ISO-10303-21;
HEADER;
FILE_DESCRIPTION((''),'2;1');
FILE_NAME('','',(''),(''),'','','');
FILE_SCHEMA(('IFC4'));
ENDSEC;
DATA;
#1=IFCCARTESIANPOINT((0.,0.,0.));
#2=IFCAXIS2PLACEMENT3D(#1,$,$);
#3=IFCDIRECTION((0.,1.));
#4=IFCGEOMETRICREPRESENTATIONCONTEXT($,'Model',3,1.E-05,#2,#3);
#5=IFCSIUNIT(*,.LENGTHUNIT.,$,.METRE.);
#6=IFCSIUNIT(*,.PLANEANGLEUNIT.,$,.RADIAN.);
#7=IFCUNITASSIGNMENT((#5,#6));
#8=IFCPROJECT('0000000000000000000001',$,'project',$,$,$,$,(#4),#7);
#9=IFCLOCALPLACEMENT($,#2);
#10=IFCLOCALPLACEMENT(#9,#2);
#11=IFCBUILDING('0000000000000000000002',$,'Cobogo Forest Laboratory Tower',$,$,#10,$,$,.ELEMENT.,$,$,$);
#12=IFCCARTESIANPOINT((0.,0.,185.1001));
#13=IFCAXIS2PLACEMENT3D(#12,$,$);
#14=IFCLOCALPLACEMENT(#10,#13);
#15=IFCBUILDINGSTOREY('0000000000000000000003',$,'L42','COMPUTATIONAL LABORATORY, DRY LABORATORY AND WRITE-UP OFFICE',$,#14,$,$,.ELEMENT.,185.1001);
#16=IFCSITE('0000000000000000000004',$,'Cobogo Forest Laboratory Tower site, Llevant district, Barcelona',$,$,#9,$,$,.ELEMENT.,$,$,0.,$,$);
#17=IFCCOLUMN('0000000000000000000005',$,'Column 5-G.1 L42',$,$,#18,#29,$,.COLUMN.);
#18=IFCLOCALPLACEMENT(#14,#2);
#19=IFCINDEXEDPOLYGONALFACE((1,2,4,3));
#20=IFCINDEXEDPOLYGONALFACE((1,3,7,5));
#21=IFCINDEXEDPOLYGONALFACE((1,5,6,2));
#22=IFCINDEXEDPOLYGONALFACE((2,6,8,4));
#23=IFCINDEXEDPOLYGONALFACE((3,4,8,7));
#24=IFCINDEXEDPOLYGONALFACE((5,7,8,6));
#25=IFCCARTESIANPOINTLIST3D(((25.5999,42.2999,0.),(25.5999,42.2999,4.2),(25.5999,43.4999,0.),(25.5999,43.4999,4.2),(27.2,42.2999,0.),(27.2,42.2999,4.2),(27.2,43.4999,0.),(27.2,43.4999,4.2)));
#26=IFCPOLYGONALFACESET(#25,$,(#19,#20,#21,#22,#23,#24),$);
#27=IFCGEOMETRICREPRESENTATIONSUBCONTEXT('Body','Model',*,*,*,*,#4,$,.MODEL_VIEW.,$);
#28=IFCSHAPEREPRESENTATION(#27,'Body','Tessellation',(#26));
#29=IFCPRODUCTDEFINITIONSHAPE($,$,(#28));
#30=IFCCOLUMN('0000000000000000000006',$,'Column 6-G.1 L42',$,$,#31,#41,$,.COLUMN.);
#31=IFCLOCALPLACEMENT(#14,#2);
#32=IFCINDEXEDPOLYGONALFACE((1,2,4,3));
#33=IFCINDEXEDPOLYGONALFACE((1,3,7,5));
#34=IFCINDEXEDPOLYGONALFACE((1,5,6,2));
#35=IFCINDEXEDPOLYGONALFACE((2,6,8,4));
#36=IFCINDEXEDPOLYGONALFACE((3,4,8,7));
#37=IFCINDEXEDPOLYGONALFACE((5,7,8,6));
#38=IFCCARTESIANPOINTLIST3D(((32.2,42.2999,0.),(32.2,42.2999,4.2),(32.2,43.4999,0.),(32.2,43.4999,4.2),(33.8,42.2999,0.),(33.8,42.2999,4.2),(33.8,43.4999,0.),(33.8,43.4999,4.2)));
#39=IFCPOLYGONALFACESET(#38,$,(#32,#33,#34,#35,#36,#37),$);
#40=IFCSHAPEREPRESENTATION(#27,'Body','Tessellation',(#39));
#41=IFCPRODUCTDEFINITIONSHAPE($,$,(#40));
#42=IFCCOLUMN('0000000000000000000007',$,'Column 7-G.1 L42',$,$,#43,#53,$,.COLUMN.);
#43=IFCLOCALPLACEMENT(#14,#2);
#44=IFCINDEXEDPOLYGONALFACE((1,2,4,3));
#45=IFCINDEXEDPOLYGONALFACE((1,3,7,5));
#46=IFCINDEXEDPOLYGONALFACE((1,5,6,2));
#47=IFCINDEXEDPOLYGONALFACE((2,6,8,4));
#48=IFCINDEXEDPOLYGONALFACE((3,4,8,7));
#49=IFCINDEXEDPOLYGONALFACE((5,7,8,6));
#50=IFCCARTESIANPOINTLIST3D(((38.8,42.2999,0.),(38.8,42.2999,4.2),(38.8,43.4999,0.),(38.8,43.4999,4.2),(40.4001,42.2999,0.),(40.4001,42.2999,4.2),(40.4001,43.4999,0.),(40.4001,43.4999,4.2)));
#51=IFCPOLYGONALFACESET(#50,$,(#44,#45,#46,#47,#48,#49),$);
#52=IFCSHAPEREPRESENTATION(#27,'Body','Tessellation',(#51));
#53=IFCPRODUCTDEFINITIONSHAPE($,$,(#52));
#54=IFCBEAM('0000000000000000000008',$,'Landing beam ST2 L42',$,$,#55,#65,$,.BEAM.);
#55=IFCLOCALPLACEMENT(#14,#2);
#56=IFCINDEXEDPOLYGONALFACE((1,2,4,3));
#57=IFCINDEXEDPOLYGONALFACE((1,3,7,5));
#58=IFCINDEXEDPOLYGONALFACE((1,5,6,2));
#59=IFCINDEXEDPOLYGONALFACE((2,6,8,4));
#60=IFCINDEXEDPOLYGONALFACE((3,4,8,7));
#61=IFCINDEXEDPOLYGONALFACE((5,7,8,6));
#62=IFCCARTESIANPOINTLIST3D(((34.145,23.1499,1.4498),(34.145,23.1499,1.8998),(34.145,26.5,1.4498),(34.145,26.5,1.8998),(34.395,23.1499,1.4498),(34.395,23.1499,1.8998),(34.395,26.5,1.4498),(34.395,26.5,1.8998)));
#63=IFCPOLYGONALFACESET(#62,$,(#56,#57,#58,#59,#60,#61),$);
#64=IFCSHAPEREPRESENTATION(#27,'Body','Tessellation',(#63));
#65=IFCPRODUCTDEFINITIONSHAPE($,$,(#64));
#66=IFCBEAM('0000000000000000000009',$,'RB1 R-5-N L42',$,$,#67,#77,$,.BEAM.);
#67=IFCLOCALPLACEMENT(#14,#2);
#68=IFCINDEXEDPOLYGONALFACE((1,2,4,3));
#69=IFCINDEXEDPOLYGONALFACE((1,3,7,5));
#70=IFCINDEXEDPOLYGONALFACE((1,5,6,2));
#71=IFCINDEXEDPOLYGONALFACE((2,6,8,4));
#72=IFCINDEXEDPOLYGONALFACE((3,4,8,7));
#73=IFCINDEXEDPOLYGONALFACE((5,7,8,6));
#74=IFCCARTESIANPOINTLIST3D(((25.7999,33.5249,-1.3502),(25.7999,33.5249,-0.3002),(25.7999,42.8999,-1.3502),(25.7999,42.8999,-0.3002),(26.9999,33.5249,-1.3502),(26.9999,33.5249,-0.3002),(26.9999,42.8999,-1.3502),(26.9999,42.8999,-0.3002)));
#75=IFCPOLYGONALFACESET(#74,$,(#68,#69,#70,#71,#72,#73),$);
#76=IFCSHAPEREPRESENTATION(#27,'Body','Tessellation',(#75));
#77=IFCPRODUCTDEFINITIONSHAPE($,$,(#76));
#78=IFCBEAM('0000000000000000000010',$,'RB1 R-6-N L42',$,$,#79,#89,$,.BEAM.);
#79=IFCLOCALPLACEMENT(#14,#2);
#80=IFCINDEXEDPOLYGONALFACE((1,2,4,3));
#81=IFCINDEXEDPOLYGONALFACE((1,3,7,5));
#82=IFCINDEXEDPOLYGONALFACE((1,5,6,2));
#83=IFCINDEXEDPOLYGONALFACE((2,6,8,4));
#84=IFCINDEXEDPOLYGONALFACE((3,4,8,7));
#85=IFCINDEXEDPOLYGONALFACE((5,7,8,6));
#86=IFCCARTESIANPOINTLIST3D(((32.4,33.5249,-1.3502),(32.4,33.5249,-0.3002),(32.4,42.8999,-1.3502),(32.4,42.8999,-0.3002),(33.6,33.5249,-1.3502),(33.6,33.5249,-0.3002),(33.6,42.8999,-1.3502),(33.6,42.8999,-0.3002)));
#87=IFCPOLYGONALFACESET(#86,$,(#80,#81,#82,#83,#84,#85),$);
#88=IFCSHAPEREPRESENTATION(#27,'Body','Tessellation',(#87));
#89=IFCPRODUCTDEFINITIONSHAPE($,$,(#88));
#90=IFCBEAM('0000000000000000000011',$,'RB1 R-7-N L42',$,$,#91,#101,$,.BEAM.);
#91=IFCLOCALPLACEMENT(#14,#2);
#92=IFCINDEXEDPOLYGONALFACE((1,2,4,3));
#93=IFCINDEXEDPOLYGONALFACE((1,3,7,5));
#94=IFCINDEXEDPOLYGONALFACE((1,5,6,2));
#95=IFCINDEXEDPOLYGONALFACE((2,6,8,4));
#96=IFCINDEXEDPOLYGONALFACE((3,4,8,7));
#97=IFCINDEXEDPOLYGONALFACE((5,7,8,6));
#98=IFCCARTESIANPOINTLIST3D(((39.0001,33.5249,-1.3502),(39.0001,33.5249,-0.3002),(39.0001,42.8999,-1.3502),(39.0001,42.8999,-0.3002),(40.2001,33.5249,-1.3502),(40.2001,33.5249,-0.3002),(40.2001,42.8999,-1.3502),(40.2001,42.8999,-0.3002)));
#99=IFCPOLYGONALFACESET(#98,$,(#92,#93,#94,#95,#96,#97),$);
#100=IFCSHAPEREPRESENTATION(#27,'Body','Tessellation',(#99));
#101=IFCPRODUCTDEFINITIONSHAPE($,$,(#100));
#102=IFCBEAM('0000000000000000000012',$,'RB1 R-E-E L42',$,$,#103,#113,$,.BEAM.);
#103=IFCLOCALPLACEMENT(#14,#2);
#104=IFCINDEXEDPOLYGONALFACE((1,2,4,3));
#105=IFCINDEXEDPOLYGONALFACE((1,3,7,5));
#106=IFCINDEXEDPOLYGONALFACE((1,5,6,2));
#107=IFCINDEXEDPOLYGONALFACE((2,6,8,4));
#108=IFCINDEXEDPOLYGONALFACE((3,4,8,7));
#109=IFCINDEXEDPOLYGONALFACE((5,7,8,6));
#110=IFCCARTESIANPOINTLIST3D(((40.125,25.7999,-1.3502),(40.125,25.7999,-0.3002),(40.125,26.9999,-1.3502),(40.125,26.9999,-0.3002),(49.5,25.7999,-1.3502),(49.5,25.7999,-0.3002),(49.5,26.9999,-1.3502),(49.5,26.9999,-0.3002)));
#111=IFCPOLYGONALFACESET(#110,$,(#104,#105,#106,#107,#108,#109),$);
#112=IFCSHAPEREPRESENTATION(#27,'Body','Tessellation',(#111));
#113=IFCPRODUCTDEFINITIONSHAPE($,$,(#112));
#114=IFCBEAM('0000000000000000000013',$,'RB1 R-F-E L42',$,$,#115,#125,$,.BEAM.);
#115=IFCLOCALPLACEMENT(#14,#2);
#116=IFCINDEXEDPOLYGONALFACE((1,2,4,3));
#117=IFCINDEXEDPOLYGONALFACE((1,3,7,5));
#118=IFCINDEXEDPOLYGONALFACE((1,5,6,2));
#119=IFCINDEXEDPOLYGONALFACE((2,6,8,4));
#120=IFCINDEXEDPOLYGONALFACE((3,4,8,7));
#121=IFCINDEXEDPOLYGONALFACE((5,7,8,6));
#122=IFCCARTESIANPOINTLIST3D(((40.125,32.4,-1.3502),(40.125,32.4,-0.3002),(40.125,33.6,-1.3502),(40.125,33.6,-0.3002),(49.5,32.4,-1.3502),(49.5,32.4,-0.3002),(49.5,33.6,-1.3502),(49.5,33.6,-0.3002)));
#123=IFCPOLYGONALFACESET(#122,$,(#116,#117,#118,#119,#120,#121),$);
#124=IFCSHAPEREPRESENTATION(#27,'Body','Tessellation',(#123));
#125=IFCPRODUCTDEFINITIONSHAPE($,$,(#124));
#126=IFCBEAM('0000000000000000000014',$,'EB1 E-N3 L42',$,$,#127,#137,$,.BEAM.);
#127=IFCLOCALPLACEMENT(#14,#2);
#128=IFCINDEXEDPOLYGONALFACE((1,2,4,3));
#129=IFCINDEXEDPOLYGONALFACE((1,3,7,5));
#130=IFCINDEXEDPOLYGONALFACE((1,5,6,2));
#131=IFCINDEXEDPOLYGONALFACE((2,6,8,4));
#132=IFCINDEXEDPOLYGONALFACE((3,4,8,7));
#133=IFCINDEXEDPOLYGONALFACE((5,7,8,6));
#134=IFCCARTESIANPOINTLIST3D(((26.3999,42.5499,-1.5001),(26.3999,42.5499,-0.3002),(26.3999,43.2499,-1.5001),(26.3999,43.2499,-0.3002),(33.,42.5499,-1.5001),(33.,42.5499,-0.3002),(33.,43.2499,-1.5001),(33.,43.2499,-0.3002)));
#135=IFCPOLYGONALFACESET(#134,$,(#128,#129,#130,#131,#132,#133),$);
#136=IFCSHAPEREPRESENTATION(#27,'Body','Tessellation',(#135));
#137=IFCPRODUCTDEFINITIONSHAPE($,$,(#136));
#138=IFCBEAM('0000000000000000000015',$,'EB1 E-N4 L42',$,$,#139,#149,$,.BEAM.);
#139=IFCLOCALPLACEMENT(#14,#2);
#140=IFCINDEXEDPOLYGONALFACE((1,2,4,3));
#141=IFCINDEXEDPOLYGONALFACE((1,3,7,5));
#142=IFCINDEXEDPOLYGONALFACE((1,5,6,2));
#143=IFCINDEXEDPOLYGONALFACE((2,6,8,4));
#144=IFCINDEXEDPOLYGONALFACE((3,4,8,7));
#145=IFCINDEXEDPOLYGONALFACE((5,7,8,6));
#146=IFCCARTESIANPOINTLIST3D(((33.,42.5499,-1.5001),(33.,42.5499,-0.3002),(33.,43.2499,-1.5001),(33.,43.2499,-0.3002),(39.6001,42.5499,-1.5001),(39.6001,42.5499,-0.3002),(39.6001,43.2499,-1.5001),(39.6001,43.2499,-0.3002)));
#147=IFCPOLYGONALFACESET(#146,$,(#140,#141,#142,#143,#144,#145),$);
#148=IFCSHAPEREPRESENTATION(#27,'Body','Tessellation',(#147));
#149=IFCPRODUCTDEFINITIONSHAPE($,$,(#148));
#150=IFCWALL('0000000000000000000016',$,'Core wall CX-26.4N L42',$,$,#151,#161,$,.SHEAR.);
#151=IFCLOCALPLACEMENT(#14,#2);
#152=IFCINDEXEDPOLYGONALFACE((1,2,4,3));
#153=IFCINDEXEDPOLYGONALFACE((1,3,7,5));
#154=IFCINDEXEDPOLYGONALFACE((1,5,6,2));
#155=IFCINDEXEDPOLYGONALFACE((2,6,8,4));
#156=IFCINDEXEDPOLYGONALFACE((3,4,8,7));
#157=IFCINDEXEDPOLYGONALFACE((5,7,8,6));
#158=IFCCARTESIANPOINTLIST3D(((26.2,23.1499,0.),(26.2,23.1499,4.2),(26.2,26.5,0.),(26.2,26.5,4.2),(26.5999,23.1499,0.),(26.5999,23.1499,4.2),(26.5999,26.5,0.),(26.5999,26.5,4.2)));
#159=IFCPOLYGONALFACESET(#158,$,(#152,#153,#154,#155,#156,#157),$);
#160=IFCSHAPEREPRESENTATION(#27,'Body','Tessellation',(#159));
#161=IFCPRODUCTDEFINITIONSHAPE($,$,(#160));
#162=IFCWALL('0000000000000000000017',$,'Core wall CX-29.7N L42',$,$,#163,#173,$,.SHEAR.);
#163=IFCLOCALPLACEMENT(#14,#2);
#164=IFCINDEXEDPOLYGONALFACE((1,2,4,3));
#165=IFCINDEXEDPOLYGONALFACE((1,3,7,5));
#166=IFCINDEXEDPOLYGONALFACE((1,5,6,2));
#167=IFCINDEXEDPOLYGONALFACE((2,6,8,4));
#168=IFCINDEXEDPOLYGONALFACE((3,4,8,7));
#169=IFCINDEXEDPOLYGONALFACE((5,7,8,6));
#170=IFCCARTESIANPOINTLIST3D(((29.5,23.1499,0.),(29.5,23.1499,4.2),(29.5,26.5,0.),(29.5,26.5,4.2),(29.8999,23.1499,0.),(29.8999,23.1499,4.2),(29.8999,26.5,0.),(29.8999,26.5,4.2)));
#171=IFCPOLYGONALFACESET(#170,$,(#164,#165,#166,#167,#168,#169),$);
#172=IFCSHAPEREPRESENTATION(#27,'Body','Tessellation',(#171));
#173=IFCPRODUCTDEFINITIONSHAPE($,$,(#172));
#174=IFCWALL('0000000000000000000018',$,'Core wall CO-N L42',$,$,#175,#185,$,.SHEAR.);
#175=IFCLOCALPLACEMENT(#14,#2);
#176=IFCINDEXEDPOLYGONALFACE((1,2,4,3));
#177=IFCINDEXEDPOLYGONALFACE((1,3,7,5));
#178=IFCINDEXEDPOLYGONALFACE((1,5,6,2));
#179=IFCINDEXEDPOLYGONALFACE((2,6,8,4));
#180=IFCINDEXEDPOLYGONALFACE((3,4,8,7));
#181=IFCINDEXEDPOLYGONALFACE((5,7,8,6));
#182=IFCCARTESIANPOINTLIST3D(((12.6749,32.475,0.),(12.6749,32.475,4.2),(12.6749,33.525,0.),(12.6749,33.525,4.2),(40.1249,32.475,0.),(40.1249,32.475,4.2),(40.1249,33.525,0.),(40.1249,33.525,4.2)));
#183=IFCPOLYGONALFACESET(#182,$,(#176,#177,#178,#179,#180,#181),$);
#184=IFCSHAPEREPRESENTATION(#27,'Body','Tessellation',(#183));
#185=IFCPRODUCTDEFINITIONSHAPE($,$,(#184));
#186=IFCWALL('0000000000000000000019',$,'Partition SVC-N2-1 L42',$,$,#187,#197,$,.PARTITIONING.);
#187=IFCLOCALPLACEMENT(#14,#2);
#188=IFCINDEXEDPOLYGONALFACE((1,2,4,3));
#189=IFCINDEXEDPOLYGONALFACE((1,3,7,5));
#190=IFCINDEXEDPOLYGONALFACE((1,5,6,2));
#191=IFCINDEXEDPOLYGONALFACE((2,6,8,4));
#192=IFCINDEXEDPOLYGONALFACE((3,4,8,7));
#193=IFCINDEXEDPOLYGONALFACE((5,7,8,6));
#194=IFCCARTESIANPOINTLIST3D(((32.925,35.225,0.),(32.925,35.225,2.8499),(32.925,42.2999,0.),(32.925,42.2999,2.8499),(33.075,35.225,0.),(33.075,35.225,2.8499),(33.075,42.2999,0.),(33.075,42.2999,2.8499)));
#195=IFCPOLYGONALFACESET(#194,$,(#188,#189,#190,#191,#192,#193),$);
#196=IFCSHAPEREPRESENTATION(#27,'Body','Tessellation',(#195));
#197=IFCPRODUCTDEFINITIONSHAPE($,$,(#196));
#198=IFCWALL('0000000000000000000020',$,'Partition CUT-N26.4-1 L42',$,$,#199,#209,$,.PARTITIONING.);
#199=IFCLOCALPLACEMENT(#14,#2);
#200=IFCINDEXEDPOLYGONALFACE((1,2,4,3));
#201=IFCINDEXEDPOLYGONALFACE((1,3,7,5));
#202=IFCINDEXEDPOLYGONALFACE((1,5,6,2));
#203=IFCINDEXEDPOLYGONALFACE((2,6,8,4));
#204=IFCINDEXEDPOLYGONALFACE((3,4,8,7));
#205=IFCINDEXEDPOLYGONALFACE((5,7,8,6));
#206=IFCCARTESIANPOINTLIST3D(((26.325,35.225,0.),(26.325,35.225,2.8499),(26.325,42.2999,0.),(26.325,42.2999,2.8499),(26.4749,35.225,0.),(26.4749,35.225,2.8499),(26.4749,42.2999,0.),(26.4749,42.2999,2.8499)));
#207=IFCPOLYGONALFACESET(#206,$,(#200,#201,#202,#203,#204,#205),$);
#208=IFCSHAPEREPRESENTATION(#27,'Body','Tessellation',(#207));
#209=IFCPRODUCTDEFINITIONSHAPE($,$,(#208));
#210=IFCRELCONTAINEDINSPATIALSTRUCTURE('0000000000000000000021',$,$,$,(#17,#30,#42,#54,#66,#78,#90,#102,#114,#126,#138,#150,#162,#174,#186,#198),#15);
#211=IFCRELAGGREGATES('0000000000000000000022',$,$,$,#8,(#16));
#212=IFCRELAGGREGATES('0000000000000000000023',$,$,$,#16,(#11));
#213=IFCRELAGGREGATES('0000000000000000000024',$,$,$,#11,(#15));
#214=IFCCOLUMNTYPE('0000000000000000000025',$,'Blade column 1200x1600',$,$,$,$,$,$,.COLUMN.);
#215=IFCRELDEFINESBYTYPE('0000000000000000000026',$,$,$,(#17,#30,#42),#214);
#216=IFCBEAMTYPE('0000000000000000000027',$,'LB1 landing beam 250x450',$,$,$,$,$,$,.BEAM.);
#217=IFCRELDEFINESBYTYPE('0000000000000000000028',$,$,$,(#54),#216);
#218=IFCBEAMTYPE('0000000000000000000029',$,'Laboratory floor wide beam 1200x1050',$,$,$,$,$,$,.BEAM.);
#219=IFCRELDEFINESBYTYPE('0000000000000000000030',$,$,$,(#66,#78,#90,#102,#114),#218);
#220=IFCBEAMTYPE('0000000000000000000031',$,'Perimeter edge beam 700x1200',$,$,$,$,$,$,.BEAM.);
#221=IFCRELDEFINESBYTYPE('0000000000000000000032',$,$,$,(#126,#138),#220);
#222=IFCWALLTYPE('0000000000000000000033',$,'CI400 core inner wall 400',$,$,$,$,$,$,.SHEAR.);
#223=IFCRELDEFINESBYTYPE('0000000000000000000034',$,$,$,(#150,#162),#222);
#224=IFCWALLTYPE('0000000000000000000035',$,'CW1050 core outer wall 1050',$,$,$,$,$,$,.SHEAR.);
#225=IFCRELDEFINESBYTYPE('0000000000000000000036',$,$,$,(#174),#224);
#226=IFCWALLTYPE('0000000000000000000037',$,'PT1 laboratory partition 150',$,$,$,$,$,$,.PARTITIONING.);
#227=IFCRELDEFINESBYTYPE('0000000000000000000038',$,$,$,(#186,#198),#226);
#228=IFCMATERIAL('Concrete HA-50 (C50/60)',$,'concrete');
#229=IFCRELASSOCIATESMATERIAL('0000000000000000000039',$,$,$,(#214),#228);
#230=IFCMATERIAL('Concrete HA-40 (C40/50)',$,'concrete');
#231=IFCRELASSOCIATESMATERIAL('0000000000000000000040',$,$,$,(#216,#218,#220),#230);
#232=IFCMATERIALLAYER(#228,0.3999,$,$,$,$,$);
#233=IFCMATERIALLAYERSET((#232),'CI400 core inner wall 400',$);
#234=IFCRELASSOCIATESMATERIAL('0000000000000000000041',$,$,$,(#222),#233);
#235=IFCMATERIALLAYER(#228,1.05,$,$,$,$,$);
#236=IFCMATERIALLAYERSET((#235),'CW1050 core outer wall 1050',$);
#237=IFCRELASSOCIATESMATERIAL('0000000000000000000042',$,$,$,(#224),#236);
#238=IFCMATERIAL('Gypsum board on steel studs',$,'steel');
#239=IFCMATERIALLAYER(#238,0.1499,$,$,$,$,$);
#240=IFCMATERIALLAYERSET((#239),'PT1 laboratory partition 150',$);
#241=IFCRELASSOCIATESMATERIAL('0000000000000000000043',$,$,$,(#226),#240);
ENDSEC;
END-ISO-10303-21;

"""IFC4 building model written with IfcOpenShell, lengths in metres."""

from ifc_helpers import new_model, si_unit, direction, frame, frame_2d, origin, origin_2d, place, context, subcontext, project, spatial, rectangle, extrude, material, layer, layer_set, material_profile, profile_set, type_object, element, save


model = new_model("IFC4")

# Units and contexts
model_context = context("Model", 3, precision=1e-05, world=origin(), true_north=direction((0.0, 1.0)))
body_context = subcontext(model_context, "Body", "Model", "MODEL_VIEW")
ifc_project = project(units=[si_unit("LENGTHUNIT", "METRE"), si_unit("PLANEANGLEUNIT", "RADIAN")], contexts=[model_context])

# Site, building, storey
site_placement = place(None, origin())
site = spatial("IfcSite", under=ifc_project, at=site_placement, Name="Cobogo Forest Laboratory Tower site, Llevant district, Barcelona", CompositionType="ELEMENT", RefElevation=0.0)
building_placement = place(site_placement, origin())
building = spatial("IfcBuilding", under=site, at=building_placement, Name="Cobogo Forest Laboratory Tower", CompositionType="ELEMENT")
storey_placement = place(building_placement, frame((0.0, 0.0, 185.1001)))
storey = spatial("IfcBuildingStorey", under=building, at=storey_placement, Name="L42", Description="COMPUTATIONAL LABORATORY, DRY LABORATORY AND WRITE-UP OFFICE", CompositionType="ELEMENT", Elevation=185.1001)

# Columns
ifc_material_1 = material(Name="Concrete HA-50 (C50/60)", Category="concrete")
ifc_material_profile_1 = material_profile(ifc_material_1, rectangle(XDim=1.6001, YDim=1.2, at=origin_2d()), Name="RC 1200x1600")
ifc_profile_set_1 = profile_set([ifc_material_profile_1], Name="Concrete HA-50 (C50/60)")
column_type = type_object("IfcColumnType", Name="Blade column 1200x1600", PredefinedType="COLUMN", material=ifc_profile_set_1)
for number, where, z_axis, x_axis, name in (
    (1, (26.3999, 42.8999, 0.0), (0.0, 0.0, 1.0), (1.0, 0.0, 0.0), "Column 5-G.1 L42"),
    (2, (33.0, 42.8999, 0.0), (0.0, 0.0, 1.0), (1.0, 0.0, 0.0), "Column 6-G.1 L42"),
    (3, (39.6001, 42.8999, 0.0), (0.0, 0.0, 1.0), (1.0, 0.0, 0.0), "Column 7-G.1 L42"),
):
    element("IfcColumn", number, at=place(storey_placement, frame(where, z_axis=z_axis, x_axis=x_axis)), inside=storey, type_object=column_type, Name=name, PredefinedType="COLUMN", context=body_context, shape_type="SweptSolid", body=[
        extrude(rectangle(XDim=1.6001, YDim=1.2, at=origin_2d()), origin(), (0.0, 0.0, 1.0), 4.2),
    ])

# Beams
ifc_material_2 = material(Name="Concrete HA-40 (C40/50)", Category="concrete")
ifc_material_profile_2 = material_profile(ifc_material_2, rectangle(XDim=0.25, YDim=0.45, at=origin_2d()), Name="RC 250x450")
ifc_profile_set_2 = profile_set([ifc_material_profile_2], Name="Concrete HA-40 (C40/50)")
beam_type_1 = type_object("IfcBeamType", Name="LB1 landing beam 250x450", PredefinedType="BEAM", material=ifc_profile_set_2)
beam_placement = place(storey_placement, frame((34.27, 23.1499, 1.6748), z_axis=(0.0, 1.0, 0.0), x_axis=(-1.0, 0.0, 0.0)))
element("IfcBeam", 4, at=beam_placement, inside=storey, type_object=beam_type_1, Name="Landing beam ST2 L42", PredefinedType="BEAM", context=body_context, shape_type="SweptSolid", body=[
    extrude(rectangle(XDim=0.25, YDim=0.45, at=origin_2d()), origin(), (0.0, 0.0, 1.0), 3.3501),
])
ifc_material_profile_3 = material_profile(ifc_material_2, rectangle(XDim=1.2, YDim=1.05, at=origin_2d()), Name="RC 1200x1050")
ifc_profile_set_3 = profile_set([ifc_material_profile_3], Name="Concrete HA-40 (C40/50)")
beam_type_2 = type_object("IfcBeamType", Name="Laboratory floor wide beam 1200x1050", PredefinedType="BEAM", material=ifc_profile_set_3)
for number, where, z_axis, x_axis, name in (
    (5, (26.3999, 33.5249, -0.8252), (0.0, 1.0, 0.0), (-1.0, 0.0, 0.0), "RB1 R-5-N L42"),
    (6, (33.0, 33.5249, -0.8252), (0.0, 1.0, 0.0), (-1.0, 0.0, 0.0), "RB1 R-6-N L42"),
    (7, (39.6001, 33.5249, -0.8252), (0.0, 1.0, 0.0), (-1.0, 0.0, 0.0), "RB1 R-7-N L42"),
    (8, (40.125, 26.3999, -0.8252), (1.0, 0.0, 0.0), (0.0, 1.0, 0.0), "RB1 R-E-E L42"),
    (9, (40.125, 33.0, -0.8252), (1.0, 0.0, 0.0), (0.0, 1.0, 0.0), "RB1 R-F-E L42"),
):
    element("IfcBeam", number, at=place(storey_placement, frame(where, z_axis=z_axis, x_axis=x_axis)), inside=storey, type_object=beam_type_2, Name=name, PredefinedType="BEAM", context=body_context, shape_type="SweptSolid", body=[
        extrude(rectangle(XDim=1.2, YDim=1.05, at=origin_2d()), origin(), (0.0, 0.0, 1.0), 9.375),
    ])
ifc_material_profile_4 = material_profile(ifc_material_2, rectangle(XDim=0.7, YDim=1.2, at=origin_2d()), Name="RC 700x1200")
ifc_profile_set_4 = profile_set([ifc_material_profile_4], Name="Concrete HA-40 (C40/50)")
beam_type_3 = type_object("IfcBeamType", Name="Perimeter edge beam 700x1200", PredefinedType="BEAM", material=ifc_profile_set_4)
for number, where, z_axis, x_axis, name in (
    (10, (26.3999, 42.8999, -0.9001), (1.0, 0.0, 0.0), (0.0, 1.0, 0.0), "EB1 E-N3 L42"),
    (11, (33.0, 42.8999, -0.9001), (1.0, 0.0, 0.0), (0.0, 1.0, 0.0), "EB1 E-N4 L42"),
):
    element("IfcBeam", number, at=place(storey_placement, frame(where, z_axis=z_axis, x_axis=x_axis)), inside=storey, type_object=beam_type_3, Name=name, PredefinedType="BEAM", context=body_context, shape_type="SweptSolid", body=[
        extrude(rectangle(XDim=0.7, YDim=1.2, at=origin_2d()), origin(), (0.0, 0.0, 1.0), 6.6001),
    ])

# Walls
ifc_layer_1 = layer(ifc_material_1, 0.3999)
ifc_layer_set_1 = layer_set([ifc_layer_1], Name="CI400 core inner wall 400")
wall_type_1 = type_object("IfcWallType", Name="CI400 core inner wall 400", PredefinedType="SHEAR", material=ifc_layer_set_1)
for number, where, z_axis, x_axis, name in (
    (12, (26.3999, 23.1499, 0.0), (0.0, 0.0, 1.0), (0.0, 1.0, 0.0), "Core wall CX-26.4N L42"),
    (13, (29.7, 23.1499, 0.0), (0.0, 0.0, 1.0), (0.0, 1.0, 0.0), "Core wall CX-29.7N L42"),
):
    element("IfcWall", number, at=place(storey_placement, frame(where, z_axis=z_axis, x_axis=x_axis)), inside=storey, type_object=wall_type_1, Name=name, PredefinedType="SHEAR", context=body_context, shape_type="SweptSolid", body=[
        extrude(rectangle(XDim=3.3501, YDim=0.3999, at=frame_2d((1.675, 0.0))), origin(), (0.0, 0.0, 1.0), 4.2),
    ])
ifc_layer_2 = layer(ifc_material_1, 1.05)
ifc_layer_set_2 = layer_set([ifc_layer_2], Name="CW1050 core outer wall 1050")
wall_type_2 = type_object("IfcWallType", Name="CW1050 core outer wall 1050", PredefinedType="SHEAR", material=ifc_layer_set_2)
wall_placement = place(storey_placement, frame((40.125, 33.0, 0.0), z_axis=(0.0, 0.0, 1.0), x_axis=(-1.0, 0.0, 0.0)))
element("IfcWall", 14, at=wall_placement, inside=storey, type_object=wall_type_2, Name="Core wall CO-N L42", PredefinedType="SHEAR", context=body_context, shape_type="SweptSolid", body=[
    extrude(rectangle(XDim=27.45, YDim=1.05, at=frame_2d((13.7251, 0.0))), origin(), (0.0, 0.0, 1.0), 4.2),
])
ifc_material_3 = material(Name="Gypsum board on steel studs", Category="steel")
ifc_layer_3 = layer(ifc_material_3, 0.1499)
ifc_layer_set_3 = layer_set([ifc_layer_3], Name="PT1 laboratory partition 150")
wall_type_3 = type_object("IfcWallType", Name="PT1 laboratory partition 150", PredefinedType="PARTITIONING", material=ifc_layer_set_3)
for number, where, z_axis, x_axis, name in (
    (15, (33.0, 42.3, 0.0), (0.0, 0.0, 1.0), (0.0, -1.0, 0.0), "Partition SVC-N2-1 L42"),
    (16, (26.3999, 42.3, 0.0), (0.0, 0.0, 1.0), (0.0, -1.0, 0.0), "Partition CUT-N26.4-1 L42"),
):
    element("IfcWall", number, at=place(storey_placement, frame(where, z_axis=z_axis, x_axis=x_axis)), inside=storey, type_object=wall_type_3, Name=name, PredefinedType="PARTITIONING", context=body_context, shape_type="SweptSolid", body=[
        extrude(rectangle(XDim=7.075, YDim=0.1499, at=frame_2d((3.5376, 0.0))), origin(), (0.0, 0.0, 1.0), 2.8499),
    ])

save(model, "model.ifc")
